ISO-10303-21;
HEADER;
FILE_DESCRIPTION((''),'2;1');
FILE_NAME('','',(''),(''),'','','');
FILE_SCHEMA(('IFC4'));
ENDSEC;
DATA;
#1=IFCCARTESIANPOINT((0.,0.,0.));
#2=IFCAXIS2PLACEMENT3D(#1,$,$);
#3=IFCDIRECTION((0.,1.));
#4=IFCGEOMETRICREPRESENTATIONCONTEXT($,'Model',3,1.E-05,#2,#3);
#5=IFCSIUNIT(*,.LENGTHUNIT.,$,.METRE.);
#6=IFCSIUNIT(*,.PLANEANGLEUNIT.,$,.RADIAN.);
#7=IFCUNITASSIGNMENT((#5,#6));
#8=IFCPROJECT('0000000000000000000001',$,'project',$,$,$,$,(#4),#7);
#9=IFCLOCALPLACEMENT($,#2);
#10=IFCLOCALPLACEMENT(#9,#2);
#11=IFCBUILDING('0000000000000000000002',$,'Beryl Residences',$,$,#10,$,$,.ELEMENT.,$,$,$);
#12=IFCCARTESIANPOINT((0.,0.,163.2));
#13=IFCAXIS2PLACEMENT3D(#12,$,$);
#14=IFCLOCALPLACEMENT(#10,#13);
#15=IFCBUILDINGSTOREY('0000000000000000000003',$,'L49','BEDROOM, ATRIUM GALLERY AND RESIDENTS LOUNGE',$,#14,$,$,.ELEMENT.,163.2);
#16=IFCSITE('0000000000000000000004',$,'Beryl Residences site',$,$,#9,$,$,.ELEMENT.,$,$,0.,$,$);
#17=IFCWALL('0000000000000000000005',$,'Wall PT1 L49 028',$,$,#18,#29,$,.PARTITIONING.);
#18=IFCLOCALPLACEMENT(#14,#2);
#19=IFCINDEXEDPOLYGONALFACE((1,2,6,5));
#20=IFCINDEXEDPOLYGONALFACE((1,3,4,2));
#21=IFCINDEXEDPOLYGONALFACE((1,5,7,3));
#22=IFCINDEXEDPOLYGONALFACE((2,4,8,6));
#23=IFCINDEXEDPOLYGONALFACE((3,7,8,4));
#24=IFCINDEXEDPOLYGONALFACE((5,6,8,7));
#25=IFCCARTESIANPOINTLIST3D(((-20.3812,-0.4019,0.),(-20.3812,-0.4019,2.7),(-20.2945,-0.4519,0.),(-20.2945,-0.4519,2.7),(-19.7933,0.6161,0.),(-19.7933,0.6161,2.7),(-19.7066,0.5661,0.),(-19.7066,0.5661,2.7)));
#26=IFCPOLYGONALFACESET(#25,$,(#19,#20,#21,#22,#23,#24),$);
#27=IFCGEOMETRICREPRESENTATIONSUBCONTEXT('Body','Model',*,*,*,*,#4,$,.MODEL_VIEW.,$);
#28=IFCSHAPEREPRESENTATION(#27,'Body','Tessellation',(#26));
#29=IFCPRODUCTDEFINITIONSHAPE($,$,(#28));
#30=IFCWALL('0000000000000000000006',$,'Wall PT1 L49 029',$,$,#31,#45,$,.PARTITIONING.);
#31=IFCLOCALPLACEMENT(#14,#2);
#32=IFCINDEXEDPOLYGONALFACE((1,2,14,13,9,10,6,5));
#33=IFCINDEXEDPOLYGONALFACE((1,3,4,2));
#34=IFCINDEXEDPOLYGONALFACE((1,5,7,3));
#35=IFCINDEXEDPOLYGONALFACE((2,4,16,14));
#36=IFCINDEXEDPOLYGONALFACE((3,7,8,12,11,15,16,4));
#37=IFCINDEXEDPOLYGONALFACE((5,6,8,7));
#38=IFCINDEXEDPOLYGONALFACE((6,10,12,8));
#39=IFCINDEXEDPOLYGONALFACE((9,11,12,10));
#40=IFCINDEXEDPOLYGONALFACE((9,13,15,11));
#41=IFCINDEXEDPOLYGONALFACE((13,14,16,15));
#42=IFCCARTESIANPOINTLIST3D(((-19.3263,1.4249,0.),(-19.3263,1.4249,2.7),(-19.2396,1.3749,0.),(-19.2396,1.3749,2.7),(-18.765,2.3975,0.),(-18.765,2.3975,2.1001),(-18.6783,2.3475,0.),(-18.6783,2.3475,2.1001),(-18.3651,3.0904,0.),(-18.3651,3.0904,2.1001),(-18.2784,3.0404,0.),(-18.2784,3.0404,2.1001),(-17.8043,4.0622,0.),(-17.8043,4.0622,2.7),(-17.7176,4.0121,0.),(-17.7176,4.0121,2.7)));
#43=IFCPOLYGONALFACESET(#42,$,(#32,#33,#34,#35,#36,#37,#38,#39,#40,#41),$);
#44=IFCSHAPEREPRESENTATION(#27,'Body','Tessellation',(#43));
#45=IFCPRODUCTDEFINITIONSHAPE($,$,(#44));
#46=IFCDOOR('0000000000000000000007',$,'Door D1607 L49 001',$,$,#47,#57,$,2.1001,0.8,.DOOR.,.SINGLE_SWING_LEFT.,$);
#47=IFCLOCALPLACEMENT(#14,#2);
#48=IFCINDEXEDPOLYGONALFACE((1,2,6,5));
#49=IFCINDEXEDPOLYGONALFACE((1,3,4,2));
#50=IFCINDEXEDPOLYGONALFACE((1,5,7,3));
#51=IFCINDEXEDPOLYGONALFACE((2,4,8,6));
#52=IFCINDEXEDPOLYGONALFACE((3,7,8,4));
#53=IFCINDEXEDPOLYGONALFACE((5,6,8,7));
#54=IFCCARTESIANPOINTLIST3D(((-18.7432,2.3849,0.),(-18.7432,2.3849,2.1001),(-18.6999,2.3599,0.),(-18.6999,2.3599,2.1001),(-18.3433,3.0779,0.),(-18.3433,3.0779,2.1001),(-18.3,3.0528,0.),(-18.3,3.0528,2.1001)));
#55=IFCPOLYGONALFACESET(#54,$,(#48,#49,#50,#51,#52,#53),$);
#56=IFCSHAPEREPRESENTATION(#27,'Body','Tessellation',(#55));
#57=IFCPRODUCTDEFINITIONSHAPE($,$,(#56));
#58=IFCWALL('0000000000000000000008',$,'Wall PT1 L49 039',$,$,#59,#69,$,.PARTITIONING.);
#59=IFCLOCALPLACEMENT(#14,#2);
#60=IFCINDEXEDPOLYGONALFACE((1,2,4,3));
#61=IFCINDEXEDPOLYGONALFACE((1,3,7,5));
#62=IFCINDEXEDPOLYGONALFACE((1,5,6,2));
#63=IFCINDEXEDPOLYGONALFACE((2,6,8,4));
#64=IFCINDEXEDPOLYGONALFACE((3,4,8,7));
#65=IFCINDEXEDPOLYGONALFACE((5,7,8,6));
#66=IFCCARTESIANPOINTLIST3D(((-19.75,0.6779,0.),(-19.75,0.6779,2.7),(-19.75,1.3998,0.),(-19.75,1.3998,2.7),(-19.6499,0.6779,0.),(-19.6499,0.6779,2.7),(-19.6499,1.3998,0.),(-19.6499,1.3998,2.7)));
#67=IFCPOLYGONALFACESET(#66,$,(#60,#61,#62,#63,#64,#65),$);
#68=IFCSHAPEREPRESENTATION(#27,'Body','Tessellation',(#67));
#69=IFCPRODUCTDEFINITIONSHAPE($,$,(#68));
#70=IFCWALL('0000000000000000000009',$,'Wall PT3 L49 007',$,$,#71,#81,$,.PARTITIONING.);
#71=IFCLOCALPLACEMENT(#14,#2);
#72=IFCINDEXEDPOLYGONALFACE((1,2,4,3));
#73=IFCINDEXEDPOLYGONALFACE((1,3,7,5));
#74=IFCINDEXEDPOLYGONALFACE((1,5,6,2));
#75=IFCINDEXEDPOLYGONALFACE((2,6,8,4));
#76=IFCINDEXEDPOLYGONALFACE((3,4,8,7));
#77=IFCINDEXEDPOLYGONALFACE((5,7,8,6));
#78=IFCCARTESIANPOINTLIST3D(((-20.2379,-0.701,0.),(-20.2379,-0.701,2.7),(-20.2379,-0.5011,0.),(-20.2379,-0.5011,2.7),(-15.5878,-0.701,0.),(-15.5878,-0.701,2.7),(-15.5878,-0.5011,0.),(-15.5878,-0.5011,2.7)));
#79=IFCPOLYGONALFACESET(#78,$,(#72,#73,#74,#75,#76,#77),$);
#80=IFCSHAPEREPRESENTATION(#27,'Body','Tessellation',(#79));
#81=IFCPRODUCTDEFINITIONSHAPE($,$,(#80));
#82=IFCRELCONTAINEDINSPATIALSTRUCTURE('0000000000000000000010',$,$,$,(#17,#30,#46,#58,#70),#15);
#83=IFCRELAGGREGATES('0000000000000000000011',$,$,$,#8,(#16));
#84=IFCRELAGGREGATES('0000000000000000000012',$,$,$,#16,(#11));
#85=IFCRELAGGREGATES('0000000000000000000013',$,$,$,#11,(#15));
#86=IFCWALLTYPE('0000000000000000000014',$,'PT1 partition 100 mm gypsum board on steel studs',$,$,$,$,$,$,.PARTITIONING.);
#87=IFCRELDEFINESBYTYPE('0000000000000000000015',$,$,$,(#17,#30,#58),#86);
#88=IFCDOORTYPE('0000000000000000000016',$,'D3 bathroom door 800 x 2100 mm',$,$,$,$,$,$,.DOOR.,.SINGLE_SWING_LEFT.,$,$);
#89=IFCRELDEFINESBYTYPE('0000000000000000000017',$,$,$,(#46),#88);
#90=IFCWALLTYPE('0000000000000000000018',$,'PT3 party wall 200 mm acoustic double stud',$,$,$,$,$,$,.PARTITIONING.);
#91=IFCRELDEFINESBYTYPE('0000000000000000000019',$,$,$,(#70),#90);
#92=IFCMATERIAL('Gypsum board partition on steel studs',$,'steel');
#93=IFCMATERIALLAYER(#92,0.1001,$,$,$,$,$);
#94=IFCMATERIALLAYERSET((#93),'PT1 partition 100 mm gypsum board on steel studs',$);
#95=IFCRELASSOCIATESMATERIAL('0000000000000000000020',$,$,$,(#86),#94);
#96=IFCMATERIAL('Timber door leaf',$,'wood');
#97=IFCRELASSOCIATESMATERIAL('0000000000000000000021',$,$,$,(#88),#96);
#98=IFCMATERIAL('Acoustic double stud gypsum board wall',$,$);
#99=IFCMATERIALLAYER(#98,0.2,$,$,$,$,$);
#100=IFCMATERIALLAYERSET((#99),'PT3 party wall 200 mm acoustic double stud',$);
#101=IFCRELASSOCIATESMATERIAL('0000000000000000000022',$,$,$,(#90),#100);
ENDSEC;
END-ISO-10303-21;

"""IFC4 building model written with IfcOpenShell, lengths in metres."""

from ifc_helpers import new_model, si_unit, direction, frame, frame_2d, origin, place, context, subcontext, project, spatial, rectangle, extrude, material, layer, layer_set, type_object, element, fill, save


model = new_model("IFC4")

# Units and contexts
model_context = context("Model", 3, precision=1e-05, world=origin(), true_north=direction((0.0, 1.0)))
body_context = subcontext(model_context, "Body", "Model", "MODEL_VIEW")
ifc_project = project(units=[si_unit("LENGTHUNIT", "METRE"), si_unit("PLANEANGLEUNIT", "RADIAN")], contexts=[model_context])

# Site, building, storey
site_placement = place(None, origin())
site = spatial("IfcSite", under=ifc_project, at=site_placement, Name="Beryl Residences site", CompositionType="ELEMENT", RefElevation=0.0)
building_placement = place(site_placement, origin())
building = spatial("IfcBuilding", under=site, at=building_placement, Name="Beryl Residences", CompositionType="ELEMENT")
storey_placement = place(building_placement, frame((0.0, 0.0, 163.2)))
storey = spatial("IfcBuildingStorey", under=building, at=storey_placement, Name="L49", Description="BEDROOM, ATRIUM GALLERY AND RESIDENTS LOUNGE", CompositionType="ELEMENT", Elevation=163.2)

# Shared definitions
ifc_material_1 = material(Name="Gypsum board partition on steel studs", Category="steel")
ifc_layer_1 = layer(ifc_material_1, 0.1001)
ifc_layer_set_1 = layer_set([ifc_layer_1], Name="PT1 partition 100 mm gypsum board on steel studs")
wall_type_1 = type_object("IfcWallType", Name="PT1 partition 100 mm gypsum board on steel studs", PredefinedType="PARTITIONING", material=ifc_layer_set_1)

# Wall
wall_1_placement = place(storey_placement, frame((-20.3379, -0.427, 0.0), z_axis=(0.0, 0.0, 1.0), x_axis=(0.50007, 0.865985, 0.0)))
element("IfcWall", 1, at=wall_1_placement, inside=storey, type_object=wall_type_1, Name="Wall PT1 L49 028", PredefinedType="PARTITIONING", context=body_context, shape_type="SweptSolid", body=[
    extrude(rectangle(XDim=1.1755, YDim=0.1001, at=frame_2d((0.5879, 0.0))), origin(), (0.0, 0.0, 1.0), 2.7),
])

# Wall, opening, door
wall_2_placement = place(storey_placement, frame((-19.283, 1.3999, 0.0), z_axis=(0.0, 0.0, 1.0), x_axis=(0.499847, 0.866113, 0.0)))
wall_2 = element("IfcWall", 2, at=wall_2_placement, inside=storey, type_object=wall_type_1, Name="Wall PT1 L49 029", PredefinedType="PARTITIONING", context=body_context, shape_type="SweptSolid", body=[
    extrude(rectangle(XDim=3.0449, YDim=0.1001, at=frame_2d((1.5225, 0.0))), origin(), (0.0, 0.0, 1.0), 2.7),
])
opening_1_placement = place(wall_2_placement, frame((1.123, 0.0, 0.0)))
opening_1 = element("IfcOpeningElement", 3, at=opening_1_placement, cuts=wall_2, PredefinedType="OPENING", context=body_context, shape_type="SweptSolid", body=[
    extrude(rectangle(XDim=0.8, YDim=2.1001, at=frame_2d((0.3999, 1.05))), frame((0.0, 0.0601, 0.0), z_axis=(0.0, -1.0, 0.0), x_axis=(1.0, 0.0, 0.0)), (0.0, 0.0, 1.0), 0.1201),
])
ifc_material_2 = material(Name="Timber door leaf", Category="wood")
door_type_1 = type_object("IfcDoorType", Name="D3 bathroom door 800 x 2100 mm", OperationType="SINGLE_SWING_LEFT", PredefinedType="DOOR", material=ifc_material_2)
door_1_placement = place(opening_1_placement, origin())
door_1 = element("IfcDoor", 4, at=door_1_placement, inside=storey, type_object=door_type_1, Name="Door D1607 L49 001", OperationType="SINGLE_SWING_LEFT", OverallHeight=2.1001, OverallWidth=0.8, PredefinedType="DOOR", context=body_context, shape_type="SweptSolid", body=[
    extrude(rectangle(XDim=0.8, YDim=2.1001, at=frame_2d((0.3999, 1.05))), frame((0.0, 0.0249, 0.0), z_axis=(0.0, -1.0, 0.0), x_axis=(1.0, 0.0, 0.0)), (0.0, 0.0, 1.0), 0.05),
])
fill(opening_1, door_1)

# Walls
wall_3_placement = place(storey_placement, frame((-19.7, 0.678, 0.0), z_axis=(0.0, 0.0, 1.0), x_axis=(0.0, 1.0, 0.0)))
element("IfcWall", 5, at=wall_3_placement, inside=storey, type_object=wall_type_1, Name="Wall PT1 L49 039", PredefinedType="PARTITIONING", context=body_context, shape_type="SweptSolid", body=[
    extrude(rectangle(XDim=0.7219, YDim=0.1001, at=frame_2d((0.3608, 0.0))), origin(), (0.0, 0.0, 1.0), 2.7),
])
ifc_material_3 = material(Name="Acoustic double stud gypsum board wall")
ifc_layer_2 = layer(ifc_material_3, 0.2)
ifc_layer_set_2 = layer_set([ifc_layer_2], Name="PT3 party wall 200 mm acoustic double stud")
wall_type_2 = type_object("IfcWallType", Name="PT3 party wall 200 mm acoustic double stud", PredefinedType="PARTITIONING", material=ifc_layer_set_2)
wall_4_placement = place(storey_placement, frame((-20.238, -0.6011, 0.0), z_axis=(0.0, 0.0, 1.0), x_axis=(1.0, 0.0, 0.0)))
element("IfcWall", 6, at=wall_4_placement, inside=storey, type_object=wall_type_2, Name="Wall PT3 L49 007", PredefinedType="PARTITIONING", context=body_context, shape_type="SweptSolid", body=[
    extrude(rectangle(XDim=4.6501, YDim=0.2, at=frame_2d((2.3252, 0.0))), origin(), (0.0, 0.0, 1.0), 2.7),
])

save(model, "model.ifc")
